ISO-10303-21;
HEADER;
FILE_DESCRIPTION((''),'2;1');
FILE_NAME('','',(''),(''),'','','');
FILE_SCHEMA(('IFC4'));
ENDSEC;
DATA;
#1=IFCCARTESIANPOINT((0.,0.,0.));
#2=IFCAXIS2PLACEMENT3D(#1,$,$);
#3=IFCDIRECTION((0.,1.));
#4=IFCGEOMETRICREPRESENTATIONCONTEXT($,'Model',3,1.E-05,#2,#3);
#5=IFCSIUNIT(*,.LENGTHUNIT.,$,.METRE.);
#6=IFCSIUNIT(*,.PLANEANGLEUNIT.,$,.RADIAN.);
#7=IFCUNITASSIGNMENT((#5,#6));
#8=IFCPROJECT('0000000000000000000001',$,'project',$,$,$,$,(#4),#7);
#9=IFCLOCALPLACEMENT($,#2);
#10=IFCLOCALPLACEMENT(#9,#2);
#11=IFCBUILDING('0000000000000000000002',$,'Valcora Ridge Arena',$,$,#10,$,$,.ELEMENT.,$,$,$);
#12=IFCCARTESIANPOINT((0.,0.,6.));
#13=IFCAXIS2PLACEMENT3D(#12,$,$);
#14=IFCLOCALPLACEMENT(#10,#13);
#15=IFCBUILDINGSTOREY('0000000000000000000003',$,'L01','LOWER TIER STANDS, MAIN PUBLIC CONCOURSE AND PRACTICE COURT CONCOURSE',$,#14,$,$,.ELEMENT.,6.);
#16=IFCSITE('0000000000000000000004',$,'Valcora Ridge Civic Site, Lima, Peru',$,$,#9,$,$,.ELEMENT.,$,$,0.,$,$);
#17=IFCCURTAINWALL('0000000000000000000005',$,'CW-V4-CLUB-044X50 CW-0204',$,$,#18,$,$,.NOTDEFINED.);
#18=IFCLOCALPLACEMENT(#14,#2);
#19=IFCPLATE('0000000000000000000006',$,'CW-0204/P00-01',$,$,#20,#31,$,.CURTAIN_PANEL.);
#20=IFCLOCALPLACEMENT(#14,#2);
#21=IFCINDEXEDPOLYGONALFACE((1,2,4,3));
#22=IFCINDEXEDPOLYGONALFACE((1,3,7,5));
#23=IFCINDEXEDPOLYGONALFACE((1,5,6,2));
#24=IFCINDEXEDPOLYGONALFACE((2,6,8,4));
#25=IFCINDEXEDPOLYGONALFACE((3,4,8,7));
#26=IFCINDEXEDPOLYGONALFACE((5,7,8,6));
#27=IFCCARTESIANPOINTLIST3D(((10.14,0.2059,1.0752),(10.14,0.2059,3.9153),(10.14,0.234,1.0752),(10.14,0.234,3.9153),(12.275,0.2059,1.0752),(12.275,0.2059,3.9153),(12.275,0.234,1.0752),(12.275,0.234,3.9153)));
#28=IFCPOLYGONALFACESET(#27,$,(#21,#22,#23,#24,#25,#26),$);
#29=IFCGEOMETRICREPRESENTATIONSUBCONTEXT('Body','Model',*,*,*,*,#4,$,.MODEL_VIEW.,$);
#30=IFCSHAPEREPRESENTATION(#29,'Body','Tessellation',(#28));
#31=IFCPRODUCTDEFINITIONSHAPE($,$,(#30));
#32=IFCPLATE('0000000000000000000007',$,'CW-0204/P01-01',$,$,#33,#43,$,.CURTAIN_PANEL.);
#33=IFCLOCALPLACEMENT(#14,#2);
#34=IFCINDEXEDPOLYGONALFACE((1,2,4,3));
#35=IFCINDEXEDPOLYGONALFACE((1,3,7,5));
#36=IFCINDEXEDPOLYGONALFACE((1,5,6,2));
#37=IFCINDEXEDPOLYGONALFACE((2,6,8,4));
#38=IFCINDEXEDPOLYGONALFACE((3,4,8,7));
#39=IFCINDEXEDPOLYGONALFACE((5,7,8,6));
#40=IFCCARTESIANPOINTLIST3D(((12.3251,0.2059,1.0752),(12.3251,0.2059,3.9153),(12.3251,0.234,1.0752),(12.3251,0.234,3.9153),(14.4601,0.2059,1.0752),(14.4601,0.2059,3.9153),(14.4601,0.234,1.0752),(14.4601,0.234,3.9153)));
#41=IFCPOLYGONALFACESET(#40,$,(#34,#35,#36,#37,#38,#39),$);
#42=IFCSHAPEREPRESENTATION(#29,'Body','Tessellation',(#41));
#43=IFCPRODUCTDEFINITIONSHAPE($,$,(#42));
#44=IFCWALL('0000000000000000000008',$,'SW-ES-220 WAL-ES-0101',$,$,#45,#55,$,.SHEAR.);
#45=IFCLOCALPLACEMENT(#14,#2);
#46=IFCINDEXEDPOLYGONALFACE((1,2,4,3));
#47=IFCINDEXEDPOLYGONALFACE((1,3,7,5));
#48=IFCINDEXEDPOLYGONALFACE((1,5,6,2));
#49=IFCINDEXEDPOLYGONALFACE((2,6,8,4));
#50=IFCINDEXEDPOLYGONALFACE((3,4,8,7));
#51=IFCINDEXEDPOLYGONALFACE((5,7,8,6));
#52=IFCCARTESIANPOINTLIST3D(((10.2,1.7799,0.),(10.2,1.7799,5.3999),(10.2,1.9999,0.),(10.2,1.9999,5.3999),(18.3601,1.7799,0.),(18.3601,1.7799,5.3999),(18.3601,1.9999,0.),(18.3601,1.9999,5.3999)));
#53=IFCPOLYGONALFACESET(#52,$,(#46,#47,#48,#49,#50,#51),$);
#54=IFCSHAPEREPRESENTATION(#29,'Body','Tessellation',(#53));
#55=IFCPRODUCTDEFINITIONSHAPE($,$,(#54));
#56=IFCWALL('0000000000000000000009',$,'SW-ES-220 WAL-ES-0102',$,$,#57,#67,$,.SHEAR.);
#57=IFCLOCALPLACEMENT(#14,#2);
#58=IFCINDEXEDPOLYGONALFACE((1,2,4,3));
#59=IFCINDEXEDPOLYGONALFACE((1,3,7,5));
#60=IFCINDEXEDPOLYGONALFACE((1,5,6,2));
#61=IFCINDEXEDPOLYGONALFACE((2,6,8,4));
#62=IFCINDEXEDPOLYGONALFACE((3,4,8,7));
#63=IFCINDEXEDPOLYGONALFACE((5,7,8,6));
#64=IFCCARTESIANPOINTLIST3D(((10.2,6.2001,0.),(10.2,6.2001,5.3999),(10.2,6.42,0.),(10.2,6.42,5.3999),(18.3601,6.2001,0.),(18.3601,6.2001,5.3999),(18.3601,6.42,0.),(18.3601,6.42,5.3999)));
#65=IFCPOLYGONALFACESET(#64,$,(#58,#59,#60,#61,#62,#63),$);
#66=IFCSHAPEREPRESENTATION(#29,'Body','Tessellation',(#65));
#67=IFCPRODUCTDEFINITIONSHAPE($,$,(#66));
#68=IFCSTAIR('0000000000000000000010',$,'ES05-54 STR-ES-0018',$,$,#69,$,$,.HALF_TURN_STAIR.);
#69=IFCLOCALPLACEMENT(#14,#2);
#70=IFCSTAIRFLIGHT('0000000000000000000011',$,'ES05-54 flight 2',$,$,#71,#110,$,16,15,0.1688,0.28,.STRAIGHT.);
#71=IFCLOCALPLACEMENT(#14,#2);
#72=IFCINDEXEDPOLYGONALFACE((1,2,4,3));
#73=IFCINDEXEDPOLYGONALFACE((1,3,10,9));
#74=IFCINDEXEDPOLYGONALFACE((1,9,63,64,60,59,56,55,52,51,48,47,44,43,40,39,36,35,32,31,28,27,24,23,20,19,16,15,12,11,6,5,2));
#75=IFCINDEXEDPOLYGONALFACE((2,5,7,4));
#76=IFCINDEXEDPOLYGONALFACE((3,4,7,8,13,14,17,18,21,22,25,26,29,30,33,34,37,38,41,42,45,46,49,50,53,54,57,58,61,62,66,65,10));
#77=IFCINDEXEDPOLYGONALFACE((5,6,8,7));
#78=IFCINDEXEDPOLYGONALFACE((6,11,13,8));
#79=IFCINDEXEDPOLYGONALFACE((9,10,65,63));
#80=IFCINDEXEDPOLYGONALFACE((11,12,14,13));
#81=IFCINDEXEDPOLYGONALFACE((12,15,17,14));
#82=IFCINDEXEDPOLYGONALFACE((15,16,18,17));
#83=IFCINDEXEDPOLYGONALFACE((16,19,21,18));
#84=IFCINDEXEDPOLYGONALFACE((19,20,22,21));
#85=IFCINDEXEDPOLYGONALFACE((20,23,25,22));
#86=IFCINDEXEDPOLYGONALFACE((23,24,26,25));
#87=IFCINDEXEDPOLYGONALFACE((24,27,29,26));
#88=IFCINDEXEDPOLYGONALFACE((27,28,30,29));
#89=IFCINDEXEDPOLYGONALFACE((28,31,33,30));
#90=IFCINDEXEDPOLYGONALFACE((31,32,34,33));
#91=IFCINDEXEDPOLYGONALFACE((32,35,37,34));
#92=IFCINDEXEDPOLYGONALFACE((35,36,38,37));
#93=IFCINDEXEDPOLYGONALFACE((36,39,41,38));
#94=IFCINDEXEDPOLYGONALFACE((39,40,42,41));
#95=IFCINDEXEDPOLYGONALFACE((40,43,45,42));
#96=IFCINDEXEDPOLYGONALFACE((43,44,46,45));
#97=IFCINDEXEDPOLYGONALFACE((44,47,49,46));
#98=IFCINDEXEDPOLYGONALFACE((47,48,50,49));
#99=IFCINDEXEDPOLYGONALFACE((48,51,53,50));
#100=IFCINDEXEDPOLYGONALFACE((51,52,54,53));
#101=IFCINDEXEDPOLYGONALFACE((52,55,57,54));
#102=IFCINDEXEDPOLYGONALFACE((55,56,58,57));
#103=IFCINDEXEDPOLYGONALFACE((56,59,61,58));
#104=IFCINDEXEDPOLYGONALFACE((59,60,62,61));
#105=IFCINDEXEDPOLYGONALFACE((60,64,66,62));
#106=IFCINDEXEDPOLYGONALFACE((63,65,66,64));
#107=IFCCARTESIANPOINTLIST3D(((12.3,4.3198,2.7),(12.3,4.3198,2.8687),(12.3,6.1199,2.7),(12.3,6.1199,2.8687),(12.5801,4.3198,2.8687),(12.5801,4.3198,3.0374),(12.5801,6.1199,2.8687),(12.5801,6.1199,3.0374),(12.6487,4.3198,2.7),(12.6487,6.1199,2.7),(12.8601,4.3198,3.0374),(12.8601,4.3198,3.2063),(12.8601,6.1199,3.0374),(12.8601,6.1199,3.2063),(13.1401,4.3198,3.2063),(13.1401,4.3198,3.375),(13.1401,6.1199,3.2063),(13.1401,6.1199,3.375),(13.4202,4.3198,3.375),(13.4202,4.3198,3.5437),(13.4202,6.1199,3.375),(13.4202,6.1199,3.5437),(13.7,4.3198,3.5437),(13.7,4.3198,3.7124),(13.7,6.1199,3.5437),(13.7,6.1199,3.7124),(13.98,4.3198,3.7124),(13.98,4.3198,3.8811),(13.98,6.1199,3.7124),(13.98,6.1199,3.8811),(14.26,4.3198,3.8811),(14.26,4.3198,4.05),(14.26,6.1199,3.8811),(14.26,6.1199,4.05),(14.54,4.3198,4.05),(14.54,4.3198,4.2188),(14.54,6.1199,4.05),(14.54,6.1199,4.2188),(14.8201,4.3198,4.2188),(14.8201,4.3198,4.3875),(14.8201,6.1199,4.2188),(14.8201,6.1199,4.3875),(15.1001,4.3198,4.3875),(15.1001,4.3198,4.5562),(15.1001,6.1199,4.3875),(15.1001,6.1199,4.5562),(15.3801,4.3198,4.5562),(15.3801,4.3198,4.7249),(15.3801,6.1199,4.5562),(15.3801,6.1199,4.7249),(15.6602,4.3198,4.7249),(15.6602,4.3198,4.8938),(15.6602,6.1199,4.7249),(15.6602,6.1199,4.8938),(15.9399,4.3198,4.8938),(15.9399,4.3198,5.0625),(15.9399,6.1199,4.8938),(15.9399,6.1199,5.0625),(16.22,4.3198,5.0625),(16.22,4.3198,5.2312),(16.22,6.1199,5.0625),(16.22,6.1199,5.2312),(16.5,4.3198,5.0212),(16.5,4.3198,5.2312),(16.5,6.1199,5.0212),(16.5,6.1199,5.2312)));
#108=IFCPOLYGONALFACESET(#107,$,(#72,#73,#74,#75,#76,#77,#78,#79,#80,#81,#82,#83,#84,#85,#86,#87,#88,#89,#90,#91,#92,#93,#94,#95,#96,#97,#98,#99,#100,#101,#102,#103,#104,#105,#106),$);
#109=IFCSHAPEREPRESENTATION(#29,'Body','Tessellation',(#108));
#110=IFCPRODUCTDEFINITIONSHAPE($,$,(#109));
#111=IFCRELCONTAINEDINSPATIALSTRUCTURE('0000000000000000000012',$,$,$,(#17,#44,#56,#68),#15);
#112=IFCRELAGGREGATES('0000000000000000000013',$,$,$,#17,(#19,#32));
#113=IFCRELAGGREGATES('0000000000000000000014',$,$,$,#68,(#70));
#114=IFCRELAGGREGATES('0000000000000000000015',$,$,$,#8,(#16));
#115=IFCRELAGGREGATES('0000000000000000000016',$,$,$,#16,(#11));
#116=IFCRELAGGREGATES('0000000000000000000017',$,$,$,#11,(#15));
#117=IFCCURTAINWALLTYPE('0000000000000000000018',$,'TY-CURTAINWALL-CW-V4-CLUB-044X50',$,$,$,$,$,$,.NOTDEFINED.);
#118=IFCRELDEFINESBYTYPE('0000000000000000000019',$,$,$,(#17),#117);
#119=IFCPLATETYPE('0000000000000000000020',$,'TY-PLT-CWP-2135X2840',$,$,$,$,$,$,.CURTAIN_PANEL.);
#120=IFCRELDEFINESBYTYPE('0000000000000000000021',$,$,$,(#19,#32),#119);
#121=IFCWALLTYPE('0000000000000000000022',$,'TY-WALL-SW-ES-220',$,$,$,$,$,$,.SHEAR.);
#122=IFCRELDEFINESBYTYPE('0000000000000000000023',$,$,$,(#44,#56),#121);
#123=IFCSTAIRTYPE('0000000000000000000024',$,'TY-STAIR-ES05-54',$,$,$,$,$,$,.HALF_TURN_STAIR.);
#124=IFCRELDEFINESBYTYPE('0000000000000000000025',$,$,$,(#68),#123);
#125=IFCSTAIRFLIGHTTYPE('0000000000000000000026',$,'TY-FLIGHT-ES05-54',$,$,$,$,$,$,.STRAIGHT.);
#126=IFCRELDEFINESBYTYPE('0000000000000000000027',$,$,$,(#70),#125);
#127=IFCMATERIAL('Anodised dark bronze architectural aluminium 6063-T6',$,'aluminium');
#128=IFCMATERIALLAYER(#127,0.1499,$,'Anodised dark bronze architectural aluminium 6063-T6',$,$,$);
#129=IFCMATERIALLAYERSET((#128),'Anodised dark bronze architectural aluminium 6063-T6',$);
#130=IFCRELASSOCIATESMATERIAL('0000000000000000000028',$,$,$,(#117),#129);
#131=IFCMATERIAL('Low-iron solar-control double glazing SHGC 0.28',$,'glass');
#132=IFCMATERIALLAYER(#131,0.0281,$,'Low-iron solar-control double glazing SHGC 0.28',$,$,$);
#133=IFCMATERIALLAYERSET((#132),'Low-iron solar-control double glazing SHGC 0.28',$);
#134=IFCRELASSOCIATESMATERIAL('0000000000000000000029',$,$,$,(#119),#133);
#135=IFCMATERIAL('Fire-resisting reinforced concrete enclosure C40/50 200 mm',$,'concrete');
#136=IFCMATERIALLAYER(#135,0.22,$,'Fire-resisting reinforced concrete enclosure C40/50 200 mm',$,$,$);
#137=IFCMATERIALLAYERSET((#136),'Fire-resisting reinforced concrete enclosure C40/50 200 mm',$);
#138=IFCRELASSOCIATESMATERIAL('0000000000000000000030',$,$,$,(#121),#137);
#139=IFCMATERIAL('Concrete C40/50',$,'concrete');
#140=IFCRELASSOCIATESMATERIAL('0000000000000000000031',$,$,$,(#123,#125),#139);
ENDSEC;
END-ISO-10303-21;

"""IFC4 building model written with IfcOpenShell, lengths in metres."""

from ifc_helpers import new_model, si_unit, direction, frame, frame_2d, origin, origin_2d, place, context, subcontext, project, spatial, polyline, rectangle, outline, extrude, material, layer, layer_set, type_object, element, aggregate, save


model = new_model("IFC4")

# Units and contexts
model_context = context("Model", 3, precision=1e-05, world=origin(), true_north=direction((0.0, 1.0)))
body_context = subcontext(model_context, "Body", "Model", "MODEL_VIEW")
ifc_project = project(units=[si_unit("LENGTHUNIT", "METRE"), si_unit("PLANEANGLEUNIT", "RADIAN")], contexts=[model_context])

# Site, building, storey
site_placement = place(None, origin())
site = spatial("IfcSite", under=ifc_project, at=site_placement, Name="Valcora Ridge Civic Site, Lima, Peru", CompositionType="ELEMENT", RefElevation=0.0)
building_placement = place(site_placement, origin())
building = spatial("IfcBuilding", under=site, at=building_placement, Name="Valcora Ridge Arena", CompositionType="ELEMENT")
storey_placement = place(building_placement, frame((0.0, 0.0, 6.0)))
storey = spatial("IfcBuildingStorey", under=building, at=storey_placement, Name="L01", Description="LOWER TIER STANDS, MAIN PUBLIC CONCOURSE AND PRACTICE COURT CONCOURSE", CompositionType="ELEMENT", Elevation=6.0)

# Shared definitions
ifc_material_1 = material(Name="Concrete C40/50", Category="concrete")

# Curtain wall, plates
ifc_material_2 = material(Name="Anodised dark bronze architectural aluminium 6063-T6", Category="aluminium")
ifc_layer_1 = layer(ifc_material_2, 0.1499, Name="Anodised dark bronze architectural aluminium 6063-T6")
ifc_layer_set_1 = layer_set([ifc_layer_1], Name="Anodised dark bronze architectural aluminium 6063-T6")
curtain_wall_type = type_object("IfcCurtainWallType", Name="TY-CURTAINWALL-CW-V4-CLUB-044X50", PredefinedType="NOTDEFINED", material=ifc_layer_set_1)
curtain_wall_placement = place(storey_placement, origin())
curtain_wall = element("IfcCurtainWall", 1, at=curtain_wall_placement, inside=storey, type_object=curtain_wall_type, Name="CW-V4-CLUB-044X50 CW-0204", PredefinedType="NOTDEFINED")
ifc_material_3 = material(Name="Low-iron solar-control double glazing SHGC 0.28", Category="glass")
ifc_layer_2 = layer(ifc_material_3, 0.0281, Name="Low-iron solar-control double glazing SHGC 0.28")
ifc_layer_set_2 = layer_set([ifc_layer_2], Name="Low-iron solar-control double glazing SHGC 0.28")
plate_type_1 = type_object("IfcPlateType", Name="TY-PLT-CWP-2135X2840", PredefinedType="CURTAIN_PANEL", material=ifc_layer_set_2)
plate_1_placement = place(storey_placement, frame((11.2075, 0.22, 1.0752), z_axis=(0.0, 0.0, 1.0), x_axis=(1.0, 0.0, 0.0)))
plate_1 = element("IfcPlate", 2, at=plate_1_placement, type_object=plate_type_1, Name="CW-0204/P00-01", PredefinedType="CURTAIN_PANEL", context=body_context, shape_type="SweptSolid", body=[
    extrude(rectangle(XDim=2.135, YDim=0.0281, at=origin_2d()), origin(), (0.0, 0.0, 1.0), 2.8401),
])
plate_2_placement = place(storey_placement, frame((13.3926, 0.22, 1.0752), z_axis=(0.0, 0.0, 1.0), x_axis=(1.0, 0.0, 0.0)))
plate_2 = element("IfcPlate", 3, at=plate_2_placement, type_object=plate_type_1, Name="CW-0204/P01-01", PredefinedType="CURTAIN_PANEL", context=body_context, shape_type="SweptSolid", body=[
    extrude(rectangle(XDim=2.135, YDim=0.0281, at=origin_2d()), origin(), (0.0, 0.0, 1.0), 2.8401),
])
aggregate(curtain_wall, [plate_1, plate_2])

# Walls
ifc_material_4 = material(Name="Fire-resisting reinforced concrete enclosure C40/50 200 mm", Category="concrete")
ifc_layer_3 = layer(ifc_material_4, 0.22, Name="Fire-resisting reinforced concrete enclosure C40/50 200 mm")
ifc_layer_set_3 = layer_set([ifc_layer_3], Name="Fire-resisting reinforced concrete enclosure C40/50 200 mm")
wall_type = type_object("IfcWallType", Name="TY-WALL-SW-ES-220", PredefinedType="SHEAR", material=ifc_layer_set_3)
for number, where, z_axis, x_axis, name in (
    (4, (10.2, 1.8899, 0.0), (0.0, 0.0, 1.0), (1.0, 0.0, 0.0), "SW-ES-220 WAL-ES-0101"),
    (5, (10.2, 6.3101, 0.0), (0.0, 0.0, 1.0), (1.0, 0.0, 0.0), "SW-ES-220 WAL-ES-0102"),
):
    element("IfcWall", number, at=place(storey_placement, frame(where, z_axis=z_axis, x_axis=x_axis)), inside=storey, type_object=wall_type, Name=name, PredefinedType="SHEAR", context=body_context, shape_type="SweptSolid", body=[
        extrude(rectangle(XDim=8.1602, YDim=0.22, at=frame_2d((4.0801, 0.0))), origin(), (0.0, 0.0, 1.0), 5.3999),
    ])

# Stair, stair flight
stair_type = type_object("IfcStairType", Name="TY-STAIR-ES05-54", PredefinedType="HALF_TURN_STAIR", material=ifc_material_1)
stair_placement = place(storey_placement, origin())
stair = element("IfcStair", 6, at=stair_placement, inside=storey, type_object=stair_type, Name="ES05-54 STR-ES-0018", PredefinedType="HALF_TURN_STAIR")
stair_flight_type = type_object("IfcStairFlightType", Name="TY-FLIGHT-ES05-54", PredefinedType="STRAIGHT", material=ifc_material_1)
stair_flight_placement = place(storey_placement, frame((12.3, 5.22, 2.7), z_axis=(0.0, 0.0, 1.0), x_axis=(1.0, 0.0, 0.0)))
stair_flight = element("IfcStairFlight", 7, at=stair_flight_placement, type_object=stair_flight_type, Name="ES05-54 flight 2", NumberOfRisers=16, NumberOfTreads=15, PredefinedType="STRAIGHT", RiserHeight=0.1688, TreadLength=0.28, context=body_context, shape_type="SweptSolid", body=[
    extrude(outline(polyline([(0.0, 0.0), (0.0, 0.1687), (0.28, 0.1687), (0.28, 0.3374), (0.5601, 0.3374), (0.5601, 0.5063), (0.8401, 0.5063), (0.8401, 0.675), (1.1201, 0.675), (1.1201, 0.8438), (1.3999, 0.8438), (1.3999, 1.0125), (1.6799, 1.0125), (1.6799, 1.1812), (1.96, 1.1812), (1.96, 1.3501), (2.24, 1.3501), (2.24, 1.5188), (2.52, 1.5188), (2.52, 1.6875), (2.8, 1.6875), (2.8, 1.8562), (3.0801, 1.8562), (3.0801, 2.0249), (3.3601, 2.0249), (3.3601, 2.1938), (3.6399, 2.1938), (3.6399, 2.3625), (3.9199, 2.3625), (3.9199, 2.5312), (4.2, 2.5312), (4.2, 2.7), (4.2, 2.3213), (0.3486, 0.0), (0.0, 0.0)])), frame((0.0, 0.8999, 0.0), z_axis=(0.0, -1.0, 0.0), x_axis=(1.0, 0.0, 0.0)), (0.0, 0.0, 1.0), 1.8),
])
aggregate(stair, [stair_flight])

save(model, "model.ifc")
